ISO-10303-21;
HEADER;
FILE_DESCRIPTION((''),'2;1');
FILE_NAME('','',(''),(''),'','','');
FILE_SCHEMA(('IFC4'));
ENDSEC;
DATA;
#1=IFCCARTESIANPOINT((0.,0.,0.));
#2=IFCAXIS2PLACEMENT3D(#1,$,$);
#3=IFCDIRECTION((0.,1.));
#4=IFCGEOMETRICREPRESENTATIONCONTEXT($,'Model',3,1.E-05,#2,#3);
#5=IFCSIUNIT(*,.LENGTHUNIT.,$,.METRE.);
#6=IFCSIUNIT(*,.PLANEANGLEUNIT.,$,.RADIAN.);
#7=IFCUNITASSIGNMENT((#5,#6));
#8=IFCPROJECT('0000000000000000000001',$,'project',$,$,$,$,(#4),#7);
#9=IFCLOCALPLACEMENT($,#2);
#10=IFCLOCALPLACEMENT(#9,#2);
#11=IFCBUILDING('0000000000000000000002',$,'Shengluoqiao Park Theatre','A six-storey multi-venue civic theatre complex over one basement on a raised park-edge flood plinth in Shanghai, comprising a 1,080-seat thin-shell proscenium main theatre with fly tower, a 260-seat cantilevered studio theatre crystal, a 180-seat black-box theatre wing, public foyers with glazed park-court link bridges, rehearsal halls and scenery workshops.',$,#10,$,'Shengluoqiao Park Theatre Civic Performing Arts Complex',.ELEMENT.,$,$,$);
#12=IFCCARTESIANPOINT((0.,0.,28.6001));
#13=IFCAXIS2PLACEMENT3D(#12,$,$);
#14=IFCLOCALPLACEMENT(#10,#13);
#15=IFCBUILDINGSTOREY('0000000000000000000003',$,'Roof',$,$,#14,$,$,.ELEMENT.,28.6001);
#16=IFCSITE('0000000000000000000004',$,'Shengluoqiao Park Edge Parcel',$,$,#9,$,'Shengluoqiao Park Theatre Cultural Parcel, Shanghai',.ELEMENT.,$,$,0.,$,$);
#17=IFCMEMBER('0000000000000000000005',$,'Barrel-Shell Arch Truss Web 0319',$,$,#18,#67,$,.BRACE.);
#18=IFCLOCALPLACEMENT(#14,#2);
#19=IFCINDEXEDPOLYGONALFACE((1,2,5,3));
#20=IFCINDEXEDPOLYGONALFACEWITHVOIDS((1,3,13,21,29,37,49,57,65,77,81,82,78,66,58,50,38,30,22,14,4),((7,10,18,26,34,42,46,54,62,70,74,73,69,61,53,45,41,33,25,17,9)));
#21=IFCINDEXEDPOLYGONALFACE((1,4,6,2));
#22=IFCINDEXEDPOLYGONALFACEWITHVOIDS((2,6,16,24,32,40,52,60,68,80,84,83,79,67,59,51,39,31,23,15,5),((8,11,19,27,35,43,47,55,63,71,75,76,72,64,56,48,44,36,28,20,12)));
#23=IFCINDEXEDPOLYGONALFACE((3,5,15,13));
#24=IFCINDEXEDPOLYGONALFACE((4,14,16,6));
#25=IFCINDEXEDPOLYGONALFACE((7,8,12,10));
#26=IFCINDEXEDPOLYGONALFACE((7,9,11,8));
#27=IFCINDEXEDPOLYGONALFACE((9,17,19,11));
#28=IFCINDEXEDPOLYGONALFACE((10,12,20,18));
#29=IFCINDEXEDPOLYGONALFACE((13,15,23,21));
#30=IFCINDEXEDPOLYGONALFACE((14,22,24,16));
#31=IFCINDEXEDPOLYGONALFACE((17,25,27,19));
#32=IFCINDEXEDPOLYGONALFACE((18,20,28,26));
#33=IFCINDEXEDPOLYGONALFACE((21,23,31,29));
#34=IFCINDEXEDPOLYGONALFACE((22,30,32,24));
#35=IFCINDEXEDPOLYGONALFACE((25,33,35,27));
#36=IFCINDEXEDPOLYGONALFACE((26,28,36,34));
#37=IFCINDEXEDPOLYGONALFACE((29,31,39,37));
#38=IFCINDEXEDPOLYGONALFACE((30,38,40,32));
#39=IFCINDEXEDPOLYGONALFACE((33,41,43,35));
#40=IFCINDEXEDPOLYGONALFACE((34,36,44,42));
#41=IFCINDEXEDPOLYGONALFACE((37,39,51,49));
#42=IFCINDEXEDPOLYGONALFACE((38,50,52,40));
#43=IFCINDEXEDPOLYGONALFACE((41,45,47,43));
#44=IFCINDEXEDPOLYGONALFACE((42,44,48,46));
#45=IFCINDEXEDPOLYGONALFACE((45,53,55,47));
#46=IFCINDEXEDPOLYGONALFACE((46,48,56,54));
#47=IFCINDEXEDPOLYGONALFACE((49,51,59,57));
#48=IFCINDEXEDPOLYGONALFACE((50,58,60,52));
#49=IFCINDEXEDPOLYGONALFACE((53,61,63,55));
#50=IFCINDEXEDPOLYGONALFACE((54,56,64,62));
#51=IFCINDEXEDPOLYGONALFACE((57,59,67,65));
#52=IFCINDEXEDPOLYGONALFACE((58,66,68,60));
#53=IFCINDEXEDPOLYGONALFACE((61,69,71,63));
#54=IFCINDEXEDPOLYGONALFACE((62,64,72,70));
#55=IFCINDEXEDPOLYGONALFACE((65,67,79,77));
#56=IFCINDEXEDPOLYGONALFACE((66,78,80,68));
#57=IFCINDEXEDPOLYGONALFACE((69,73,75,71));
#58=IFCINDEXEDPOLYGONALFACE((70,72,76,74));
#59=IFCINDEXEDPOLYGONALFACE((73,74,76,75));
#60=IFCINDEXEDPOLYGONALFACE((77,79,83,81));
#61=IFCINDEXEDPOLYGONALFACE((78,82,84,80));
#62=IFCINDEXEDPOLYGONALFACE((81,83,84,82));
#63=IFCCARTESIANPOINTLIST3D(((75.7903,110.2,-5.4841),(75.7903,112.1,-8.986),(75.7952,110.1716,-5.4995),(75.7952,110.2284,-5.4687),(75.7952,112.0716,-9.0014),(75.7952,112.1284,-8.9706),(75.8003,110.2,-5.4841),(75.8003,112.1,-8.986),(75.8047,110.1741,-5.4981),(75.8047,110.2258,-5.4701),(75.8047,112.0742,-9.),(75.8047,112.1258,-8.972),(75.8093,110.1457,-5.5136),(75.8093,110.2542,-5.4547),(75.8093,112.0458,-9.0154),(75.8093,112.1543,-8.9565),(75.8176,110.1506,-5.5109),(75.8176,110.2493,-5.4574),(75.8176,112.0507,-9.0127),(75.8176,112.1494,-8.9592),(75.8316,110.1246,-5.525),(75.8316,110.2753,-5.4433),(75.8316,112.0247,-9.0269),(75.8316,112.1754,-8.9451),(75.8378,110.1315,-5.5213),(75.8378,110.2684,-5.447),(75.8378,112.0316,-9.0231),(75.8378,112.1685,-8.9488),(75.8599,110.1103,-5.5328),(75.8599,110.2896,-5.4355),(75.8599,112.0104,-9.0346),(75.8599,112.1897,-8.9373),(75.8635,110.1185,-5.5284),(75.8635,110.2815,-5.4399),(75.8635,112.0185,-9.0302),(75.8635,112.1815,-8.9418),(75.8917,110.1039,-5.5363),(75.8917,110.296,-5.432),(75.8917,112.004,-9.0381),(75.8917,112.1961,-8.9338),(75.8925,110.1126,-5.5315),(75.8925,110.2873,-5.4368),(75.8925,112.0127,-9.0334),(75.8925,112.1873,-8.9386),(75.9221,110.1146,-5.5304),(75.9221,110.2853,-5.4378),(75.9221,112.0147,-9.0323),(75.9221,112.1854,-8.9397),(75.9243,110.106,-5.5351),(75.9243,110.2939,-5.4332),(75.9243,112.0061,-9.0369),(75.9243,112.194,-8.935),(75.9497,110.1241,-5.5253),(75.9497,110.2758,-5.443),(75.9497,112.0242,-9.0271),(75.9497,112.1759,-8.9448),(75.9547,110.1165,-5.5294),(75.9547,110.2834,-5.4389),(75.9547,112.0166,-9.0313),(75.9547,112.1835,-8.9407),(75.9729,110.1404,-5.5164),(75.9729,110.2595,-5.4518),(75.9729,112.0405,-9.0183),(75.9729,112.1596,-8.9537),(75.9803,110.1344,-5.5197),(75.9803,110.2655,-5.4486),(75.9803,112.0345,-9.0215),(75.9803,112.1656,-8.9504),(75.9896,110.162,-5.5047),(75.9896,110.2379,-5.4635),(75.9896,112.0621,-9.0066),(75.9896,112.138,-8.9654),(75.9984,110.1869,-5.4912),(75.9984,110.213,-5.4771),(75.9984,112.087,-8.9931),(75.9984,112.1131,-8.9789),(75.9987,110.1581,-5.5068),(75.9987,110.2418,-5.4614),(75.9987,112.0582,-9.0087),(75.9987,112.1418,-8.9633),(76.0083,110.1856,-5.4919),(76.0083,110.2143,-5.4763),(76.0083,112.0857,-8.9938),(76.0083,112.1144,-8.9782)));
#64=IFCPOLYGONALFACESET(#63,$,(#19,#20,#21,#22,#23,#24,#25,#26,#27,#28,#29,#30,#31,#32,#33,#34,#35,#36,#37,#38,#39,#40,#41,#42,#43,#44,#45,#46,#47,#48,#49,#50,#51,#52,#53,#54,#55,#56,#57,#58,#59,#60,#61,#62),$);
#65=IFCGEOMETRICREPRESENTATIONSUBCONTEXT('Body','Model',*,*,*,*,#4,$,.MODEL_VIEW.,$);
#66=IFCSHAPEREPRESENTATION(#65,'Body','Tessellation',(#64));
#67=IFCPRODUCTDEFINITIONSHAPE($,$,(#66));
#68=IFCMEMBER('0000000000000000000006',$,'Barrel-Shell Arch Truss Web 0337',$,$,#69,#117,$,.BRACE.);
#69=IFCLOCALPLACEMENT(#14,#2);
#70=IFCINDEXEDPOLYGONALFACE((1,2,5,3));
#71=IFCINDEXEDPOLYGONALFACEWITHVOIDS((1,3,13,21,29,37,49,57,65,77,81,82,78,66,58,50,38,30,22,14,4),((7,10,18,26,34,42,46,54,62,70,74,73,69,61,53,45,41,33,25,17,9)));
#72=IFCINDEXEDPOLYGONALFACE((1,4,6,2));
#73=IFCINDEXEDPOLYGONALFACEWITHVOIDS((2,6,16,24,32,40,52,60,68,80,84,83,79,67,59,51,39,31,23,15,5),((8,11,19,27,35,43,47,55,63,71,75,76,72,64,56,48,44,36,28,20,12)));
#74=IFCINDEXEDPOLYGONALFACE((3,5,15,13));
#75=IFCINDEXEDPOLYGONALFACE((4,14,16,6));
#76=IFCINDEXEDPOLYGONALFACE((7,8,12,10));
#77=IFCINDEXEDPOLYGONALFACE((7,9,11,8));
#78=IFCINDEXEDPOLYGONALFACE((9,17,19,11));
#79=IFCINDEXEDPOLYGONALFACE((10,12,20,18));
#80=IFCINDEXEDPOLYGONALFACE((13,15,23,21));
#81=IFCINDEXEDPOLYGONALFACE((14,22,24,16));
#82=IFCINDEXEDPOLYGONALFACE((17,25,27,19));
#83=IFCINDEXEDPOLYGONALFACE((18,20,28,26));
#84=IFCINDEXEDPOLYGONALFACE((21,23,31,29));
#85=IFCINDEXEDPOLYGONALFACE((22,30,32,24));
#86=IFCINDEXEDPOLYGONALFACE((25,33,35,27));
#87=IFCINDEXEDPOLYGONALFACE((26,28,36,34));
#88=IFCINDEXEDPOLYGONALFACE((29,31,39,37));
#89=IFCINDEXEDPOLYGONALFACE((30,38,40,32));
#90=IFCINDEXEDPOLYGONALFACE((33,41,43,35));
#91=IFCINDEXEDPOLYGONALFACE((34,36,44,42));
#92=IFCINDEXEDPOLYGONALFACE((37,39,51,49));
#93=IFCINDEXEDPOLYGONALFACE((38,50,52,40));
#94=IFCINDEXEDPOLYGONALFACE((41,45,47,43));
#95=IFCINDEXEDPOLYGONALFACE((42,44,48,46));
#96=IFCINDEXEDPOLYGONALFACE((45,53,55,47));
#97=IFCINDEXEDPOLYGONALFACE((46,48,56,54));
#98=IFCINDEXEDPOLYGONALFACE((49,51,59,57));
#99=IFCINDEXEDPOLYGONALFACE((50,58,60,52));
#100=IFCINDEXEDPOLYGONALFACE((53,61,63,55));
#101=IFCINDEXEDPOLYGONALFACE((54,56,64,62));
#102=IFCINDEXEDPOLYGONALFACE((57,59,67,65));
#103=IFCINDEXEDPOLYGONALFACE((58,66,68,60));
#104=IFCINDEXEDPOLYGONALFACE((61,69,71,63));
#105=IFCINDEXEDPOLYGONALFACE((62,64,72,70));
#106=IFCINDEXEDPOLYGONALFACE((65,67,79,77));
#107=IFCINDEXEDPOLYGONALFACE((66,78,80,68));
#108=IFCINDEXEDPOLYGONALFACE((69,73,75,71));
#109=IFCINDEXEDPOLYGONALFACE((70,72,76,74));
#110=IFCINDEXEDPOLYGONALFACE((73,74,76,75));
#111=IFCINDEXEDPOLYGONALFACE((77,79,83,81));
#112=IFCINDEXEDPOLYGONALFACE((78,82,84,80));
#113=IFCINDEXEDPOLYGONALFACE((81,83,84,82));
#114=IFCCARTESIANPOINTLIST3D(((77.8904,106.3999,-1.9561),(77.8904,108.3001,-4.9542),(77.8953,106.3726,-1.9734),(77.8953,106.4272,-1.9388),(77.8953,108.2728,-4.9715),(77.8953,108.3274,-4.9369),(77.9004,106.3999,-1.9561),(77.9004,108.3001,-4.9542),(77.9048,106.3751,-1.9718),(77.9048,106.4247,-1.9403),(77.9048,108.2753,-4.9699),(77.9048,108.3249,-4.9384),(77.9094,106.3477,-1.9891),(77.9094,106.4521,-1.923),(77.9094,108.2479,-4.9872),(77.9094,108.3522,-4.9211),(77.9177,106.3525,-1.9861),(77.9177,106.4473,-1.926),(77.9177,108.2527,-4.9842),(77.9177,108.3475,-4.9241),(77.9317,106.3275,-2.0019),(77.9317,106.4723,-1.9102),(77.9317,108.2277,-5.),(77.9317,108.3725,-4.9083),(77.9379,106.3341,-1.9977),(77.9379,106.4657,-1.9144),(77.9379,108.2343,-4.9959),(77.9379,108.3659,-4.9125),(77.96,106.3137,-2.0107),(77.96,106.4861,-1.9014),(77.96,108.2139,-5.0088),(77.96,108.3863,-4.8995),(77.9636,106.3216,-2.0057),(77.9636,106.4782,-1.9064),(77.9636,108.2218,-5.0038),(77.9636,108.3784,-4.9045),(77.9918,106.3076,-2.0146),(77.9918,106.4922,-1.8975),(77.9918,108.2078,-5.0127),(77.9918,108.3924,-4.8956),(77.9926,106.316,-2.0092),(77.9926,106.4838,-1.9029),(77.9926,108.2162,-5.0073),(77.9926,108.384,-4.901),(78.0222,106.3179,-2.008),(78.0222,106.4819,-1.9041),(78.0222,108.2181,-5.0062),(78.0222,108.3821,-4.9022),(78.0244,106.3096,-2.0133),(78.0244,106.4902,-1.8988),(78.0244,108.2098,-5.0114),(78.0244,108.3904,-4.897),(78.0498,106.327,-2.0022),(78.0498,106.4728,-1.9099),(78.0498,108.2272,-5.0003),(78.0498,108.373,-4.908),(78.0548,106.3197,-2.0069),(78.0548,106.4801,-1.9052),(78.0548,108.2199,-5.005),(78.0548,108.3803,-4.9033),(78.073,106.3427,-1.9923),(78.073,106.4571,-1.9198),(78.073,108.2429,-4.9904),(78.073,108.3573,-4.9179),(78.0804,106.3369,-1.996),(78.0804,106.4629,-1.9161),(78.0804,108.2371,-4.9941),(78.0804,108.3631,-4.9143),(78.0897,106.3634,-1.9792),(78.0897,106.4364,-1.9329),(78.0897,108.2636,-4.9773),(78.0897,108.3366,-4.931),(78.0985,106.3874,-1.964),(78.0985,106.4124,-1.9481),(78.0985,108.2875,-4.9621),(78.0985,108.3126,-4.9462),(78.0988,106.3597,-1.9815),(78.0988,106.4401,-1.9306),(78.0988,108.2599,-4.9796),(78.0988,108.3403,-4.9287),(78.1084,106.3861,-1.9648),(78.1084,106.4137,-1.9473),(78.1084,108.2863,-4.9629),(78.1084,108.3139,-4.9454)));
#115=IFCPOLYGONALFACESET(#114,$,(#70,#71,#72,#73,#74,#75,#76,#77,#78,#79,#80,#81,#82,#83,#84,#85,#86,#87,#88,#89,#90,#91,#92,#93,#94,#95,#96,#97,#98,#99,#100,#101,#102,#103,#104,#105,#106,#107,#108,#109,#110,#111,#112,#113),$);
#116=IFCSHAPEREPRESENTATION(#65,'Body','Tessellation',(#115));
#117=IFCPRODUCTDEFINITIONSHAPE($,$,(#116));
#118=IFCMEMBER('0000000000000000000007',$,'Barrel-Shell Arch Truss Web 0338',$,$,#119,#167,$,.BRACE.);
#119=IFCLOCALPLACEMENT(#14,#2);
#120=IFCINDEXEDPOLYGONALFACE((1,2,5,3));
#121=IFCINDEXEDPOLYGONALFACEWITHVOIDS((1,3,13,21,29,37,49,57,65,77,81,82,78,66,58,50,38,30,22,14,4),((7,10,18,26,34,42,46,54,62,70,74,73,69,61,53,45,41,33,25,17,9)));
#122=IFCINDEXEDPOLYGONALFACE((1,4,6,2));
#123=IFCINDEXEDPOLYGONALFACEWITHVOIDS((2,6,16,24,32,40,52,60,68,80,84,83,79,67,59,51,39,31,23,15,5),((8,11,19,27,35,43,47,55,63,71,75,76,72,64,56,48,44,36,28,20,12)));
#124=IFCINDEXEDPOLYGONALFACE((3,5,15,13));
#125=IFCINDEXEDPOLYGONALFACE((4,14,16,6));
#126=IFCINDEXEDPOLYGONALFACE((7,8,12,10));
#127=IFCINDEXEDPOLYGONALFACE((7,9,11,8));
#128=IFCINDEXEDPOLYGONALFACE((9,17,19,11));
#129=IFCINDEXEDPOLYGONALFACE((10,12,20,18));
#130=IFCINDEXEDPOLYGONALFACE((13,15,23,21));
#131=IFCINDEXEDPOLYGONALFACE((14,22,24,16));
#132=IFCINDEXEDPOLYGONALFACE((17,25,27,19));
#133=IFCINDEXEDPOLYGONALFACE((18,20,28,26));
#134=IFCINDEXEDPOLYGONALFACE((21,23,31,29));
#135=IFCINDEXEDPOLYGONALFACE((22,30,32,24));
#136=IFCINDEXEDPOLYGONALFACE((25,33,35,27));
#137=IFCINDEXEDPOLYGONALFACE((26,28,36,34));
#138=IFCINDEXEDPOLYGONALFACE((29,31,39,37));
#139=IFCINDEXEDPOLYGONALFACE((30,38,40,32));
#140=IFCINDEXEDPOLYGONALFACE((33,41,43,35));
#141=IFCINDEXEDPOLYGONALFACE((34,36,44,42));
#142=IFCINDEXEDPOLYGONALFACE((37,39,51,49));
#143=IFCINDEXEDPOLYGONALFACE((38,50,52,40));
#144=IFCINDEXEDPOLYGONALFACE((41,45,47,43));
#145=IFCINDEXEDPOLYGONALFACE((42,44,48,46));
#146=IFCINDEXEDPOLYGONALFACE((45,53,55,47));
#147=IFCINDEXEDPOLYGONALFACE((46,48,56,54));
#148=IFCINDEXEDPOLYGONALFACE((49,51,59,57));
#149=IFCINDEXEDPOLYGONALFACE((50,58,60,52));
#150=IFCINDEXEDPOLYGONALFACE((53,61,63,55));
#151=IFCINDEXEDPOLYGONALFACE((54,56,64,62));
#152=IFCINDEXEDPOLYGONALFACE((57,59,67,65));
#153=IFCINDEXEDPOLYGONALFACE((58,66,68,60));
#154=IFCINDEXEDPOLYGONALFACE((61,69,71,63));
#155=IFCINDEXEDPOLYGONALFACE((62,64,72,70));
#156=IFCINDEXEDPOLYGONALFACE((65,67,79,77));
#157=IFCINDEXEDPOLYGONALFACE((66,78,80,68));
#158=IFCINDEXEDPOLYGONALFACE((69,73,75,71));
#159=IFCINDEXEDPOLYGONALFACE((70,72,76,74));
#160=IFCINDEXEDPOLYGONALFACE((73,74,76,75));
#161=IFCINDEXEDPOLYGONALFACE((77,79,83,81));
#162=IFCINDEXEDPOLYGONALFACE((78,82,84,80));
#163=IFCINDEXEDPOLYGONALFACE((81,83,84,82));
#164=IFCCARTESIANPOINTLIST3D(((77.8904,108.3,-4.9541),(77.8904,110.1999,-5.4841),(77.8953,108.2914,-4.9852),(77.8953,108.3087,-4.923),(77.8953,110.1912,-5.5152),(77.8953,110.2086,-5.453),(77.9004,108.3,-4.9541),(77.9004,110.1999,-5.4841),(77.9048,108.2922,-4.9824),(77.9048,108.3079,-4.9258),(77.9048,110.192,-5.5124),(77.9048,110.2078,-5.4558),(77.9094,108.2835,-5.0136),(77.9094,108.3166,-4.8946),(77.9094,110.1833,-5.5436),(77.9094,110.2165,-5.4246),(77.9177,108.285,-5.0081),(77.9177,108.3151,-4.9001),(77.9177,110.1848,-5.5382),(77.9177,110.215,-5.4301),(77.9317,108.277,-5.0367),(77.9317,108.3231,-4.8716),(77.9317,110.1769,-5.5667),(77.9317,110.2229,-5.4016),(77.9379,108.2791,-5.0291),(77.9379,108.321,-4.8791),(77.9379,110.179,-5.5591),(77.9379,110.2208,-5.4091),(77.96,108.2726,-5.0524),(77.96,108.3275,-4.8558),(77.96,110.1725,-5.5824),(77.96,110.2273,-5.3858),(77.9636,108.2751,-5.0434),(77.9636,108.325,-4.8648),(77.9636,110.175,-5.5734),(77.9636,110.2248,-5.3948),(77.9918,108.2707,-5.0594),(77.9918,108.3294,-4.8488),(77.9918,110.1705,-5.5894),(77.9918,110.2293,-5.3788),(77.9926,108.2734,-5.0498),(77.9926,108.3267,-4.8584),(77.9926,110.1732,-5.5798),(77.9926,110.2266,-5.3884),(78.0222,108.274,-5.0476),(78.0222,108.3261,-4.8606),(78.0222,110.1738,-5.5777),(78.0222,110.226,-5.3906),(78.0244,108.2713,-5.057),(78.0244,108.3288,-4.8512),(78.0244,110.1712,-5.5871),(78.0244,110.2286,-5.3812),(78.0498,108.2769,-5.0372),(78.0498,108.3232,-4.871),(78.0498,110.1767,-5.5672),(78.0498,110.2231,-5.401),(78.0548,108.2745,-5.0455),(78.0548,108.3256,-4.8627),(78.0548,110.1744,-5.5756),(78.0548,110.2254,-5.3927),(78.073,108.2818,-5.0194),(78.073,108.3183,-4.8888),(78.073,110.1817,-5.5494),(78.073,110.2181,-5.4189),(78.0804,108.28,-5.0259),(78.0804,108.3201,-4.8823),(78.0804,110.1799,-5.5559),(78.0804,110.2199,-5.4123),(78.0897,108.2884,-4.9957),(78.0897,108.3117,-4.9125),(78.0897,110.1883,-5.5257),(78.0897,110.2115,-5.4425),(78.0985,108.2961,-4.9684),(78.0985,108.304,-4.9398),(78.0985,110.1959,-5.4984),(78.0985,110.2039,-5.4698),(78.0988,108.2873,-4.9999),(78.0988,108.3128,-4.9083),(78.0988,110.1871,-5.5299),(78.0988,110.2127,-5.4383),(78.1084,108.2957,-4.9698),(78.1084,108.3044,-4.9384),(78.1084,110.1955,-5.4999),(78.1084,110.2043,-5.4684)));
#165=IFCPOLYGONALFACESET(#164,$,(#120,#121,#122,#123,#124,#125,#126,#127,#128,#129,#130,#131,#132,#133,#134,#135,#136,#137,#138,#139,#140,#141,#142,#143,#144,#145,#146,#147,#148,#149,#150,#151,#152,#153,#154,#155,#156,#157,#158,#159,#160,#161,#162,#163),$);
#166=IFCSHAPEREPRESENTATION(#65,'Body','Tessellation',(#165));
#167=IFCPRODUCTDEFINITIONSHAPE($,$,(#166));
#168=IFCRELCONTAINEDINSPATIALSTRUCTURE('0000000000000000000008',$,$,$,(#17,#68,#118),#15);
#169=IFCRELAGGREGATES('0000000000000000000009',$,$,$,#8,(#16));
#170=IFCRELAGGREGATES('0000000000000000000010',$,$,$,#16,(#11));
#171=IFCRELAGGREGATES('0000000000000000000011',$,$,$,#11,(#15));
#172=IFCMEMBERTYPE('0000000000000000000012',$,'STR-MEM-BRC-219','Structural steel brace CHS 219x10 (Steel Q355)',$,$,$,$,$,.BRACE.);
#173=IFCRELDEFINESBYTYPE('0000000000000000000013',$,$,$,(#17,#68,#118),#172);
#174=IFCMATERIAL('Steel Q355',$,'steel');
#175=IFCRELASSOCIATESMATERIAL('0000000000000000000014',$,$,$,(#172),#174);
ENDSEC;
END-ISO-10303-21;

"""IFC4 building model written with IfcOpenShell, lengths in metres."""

from ifc_helpers import new_model, si_unit, direction, frame, origin, origin_2d, place, context, subcontext, project, spatial, hollow_circle, extrude, material, material_profile, profile_set, type_object, element, save


model = new_model("IFC4")

# Units and contexts
model_context = context("Model", 3, precision=1e-05, world=origin(), true_north=direction((0.0, 1.0)))
body_context = subcontext(model_context, "Body", "Model", "MODEL_VIEW")
ifc_project = project(units=[si_unit("LENGTHUNIT", "METRE"), si_unit("PLANEANGLEUNIT", "RADIAN")], contexts=[model_context])

# Site, building, storey
site_placement = place(None, origin())
site = spatial("IfcSite", under=ifc_project, at=site_placement, Name="Shengluoqiao Park Edge Parcel", LongName="Shengluoqiao Park Theatre Cultural Parcel, Shanghai", CompositionType="ELEMENT", RefElevation=0.0)
building_placement = place(site_placement, origin())
building = spatial("IfcBuilding", under=site, at=building_placement, Name="Shengluoqiao Park Theatre", Description="A six-storey multi-venue civic theatre complex over one basement on a raised park-edge flood plinth in Shanghai, comprising a 1,080-seat thin-shell proscenium main theatre with fly tower, a 260-seat cantilevered studio theatre crystal, a 180-seat black-box theatre wing, public foyers with glazed park-court link bridges, rehearsal halls and scenery workshops.", LongName="Shengluoqiao Park Theatre Civic Performing Arts Complex", CompositionType="ELEMENT")
storey_placement = place(building_placement, frame((0.0, 0.0, 28.6001)))
storey = spatial("IfcBuildingStorey", under=building, at=storey_placement, Name="Roof", CompositionType="ELEMENT", Elevation=28.6001)

# Shared definitions
ifc_material_1 = material(Name="Steel Q355", Category="steel")

# Members
ifc_material_profile_1 = material_profile(ifc_material_1, hollow_circle(Radius=0.1096, WallThickness=0.01, at=origin_2d()), Name="CHS 219x10")
ifc_profile_set_1 = profile_set([ifc_material_profile_1], Name="Steel Q355")
member_type_1 = type_object("IfcMemberType", Name="STR-MEM-BRC-219", Description="Structural steel brace CHS 219x10 (Steel Q355)", PredefinedType="BRACE", material=ifc_profile_set_1)
member_1_placement = place(storey_placement, frame((75.8999, 110.2, -5.4841), z_axis=(0.0, 0.476915, -0.87895), x_axis=(-1.0, 0.0, 0.0)))
element("IfcMember", 1, at=member_1_placement, inside=storey, type_object=member_type_1, Name="Barrel-Shell Arch Truss Web 0319", PredefinedType="BRACE", context=body_context, shape_type="SweptSolid", body=[
    extrude(hollow_circle(Radius=0.1096, WallThickness=0.01, at=origin_2d()), origin(), (0.0, 0.0, 1.0), 3.9841),
])
member_2_placement = place(storey_placement, frame((78.0, 106.3999, -1.9561), z_axis=(0.0, 0.53533, -0.844643), x_axis=(-1.0, 0.0, 0.0)))
element("IfcMember", 2, at=member_2_placement, inside=storey, type_object=member_type_1, Name="Barrel-Shell Arch Truss Web 0337", PredefinedType="BRACE", context=body_context, shape_type="SweptSolid", body=[
    extrude(hollow_circle(Radius=0.1096, WallThickness=0.01, at=origin_2d()), origin(), (0.0, 0.0, 1.0), 3.5496),
])
member_3_placement = place(storey_placement, frame((78.0, 108.3, -4.9541), z_axis=(0.0, 0.963219, -0.268716), x_axis=(-1.0, 0.0, 0.0)))
element("IfcMember", 3, at=member_3_placement, inside=storey, type_object=member_type_1, Name="Barrel-Shell Arch Truss Web 0338", PredefinedType="BRACE", context=body_context, shape_type="SweptSolid", body=[
    extrude(hollow_circle(Radius=0.1096, WallThickness=0.01, at=origin_2d()), origin(), (0.0, 0.0, 1.0), 1.9724),
])

save(model, "model.ifc")
